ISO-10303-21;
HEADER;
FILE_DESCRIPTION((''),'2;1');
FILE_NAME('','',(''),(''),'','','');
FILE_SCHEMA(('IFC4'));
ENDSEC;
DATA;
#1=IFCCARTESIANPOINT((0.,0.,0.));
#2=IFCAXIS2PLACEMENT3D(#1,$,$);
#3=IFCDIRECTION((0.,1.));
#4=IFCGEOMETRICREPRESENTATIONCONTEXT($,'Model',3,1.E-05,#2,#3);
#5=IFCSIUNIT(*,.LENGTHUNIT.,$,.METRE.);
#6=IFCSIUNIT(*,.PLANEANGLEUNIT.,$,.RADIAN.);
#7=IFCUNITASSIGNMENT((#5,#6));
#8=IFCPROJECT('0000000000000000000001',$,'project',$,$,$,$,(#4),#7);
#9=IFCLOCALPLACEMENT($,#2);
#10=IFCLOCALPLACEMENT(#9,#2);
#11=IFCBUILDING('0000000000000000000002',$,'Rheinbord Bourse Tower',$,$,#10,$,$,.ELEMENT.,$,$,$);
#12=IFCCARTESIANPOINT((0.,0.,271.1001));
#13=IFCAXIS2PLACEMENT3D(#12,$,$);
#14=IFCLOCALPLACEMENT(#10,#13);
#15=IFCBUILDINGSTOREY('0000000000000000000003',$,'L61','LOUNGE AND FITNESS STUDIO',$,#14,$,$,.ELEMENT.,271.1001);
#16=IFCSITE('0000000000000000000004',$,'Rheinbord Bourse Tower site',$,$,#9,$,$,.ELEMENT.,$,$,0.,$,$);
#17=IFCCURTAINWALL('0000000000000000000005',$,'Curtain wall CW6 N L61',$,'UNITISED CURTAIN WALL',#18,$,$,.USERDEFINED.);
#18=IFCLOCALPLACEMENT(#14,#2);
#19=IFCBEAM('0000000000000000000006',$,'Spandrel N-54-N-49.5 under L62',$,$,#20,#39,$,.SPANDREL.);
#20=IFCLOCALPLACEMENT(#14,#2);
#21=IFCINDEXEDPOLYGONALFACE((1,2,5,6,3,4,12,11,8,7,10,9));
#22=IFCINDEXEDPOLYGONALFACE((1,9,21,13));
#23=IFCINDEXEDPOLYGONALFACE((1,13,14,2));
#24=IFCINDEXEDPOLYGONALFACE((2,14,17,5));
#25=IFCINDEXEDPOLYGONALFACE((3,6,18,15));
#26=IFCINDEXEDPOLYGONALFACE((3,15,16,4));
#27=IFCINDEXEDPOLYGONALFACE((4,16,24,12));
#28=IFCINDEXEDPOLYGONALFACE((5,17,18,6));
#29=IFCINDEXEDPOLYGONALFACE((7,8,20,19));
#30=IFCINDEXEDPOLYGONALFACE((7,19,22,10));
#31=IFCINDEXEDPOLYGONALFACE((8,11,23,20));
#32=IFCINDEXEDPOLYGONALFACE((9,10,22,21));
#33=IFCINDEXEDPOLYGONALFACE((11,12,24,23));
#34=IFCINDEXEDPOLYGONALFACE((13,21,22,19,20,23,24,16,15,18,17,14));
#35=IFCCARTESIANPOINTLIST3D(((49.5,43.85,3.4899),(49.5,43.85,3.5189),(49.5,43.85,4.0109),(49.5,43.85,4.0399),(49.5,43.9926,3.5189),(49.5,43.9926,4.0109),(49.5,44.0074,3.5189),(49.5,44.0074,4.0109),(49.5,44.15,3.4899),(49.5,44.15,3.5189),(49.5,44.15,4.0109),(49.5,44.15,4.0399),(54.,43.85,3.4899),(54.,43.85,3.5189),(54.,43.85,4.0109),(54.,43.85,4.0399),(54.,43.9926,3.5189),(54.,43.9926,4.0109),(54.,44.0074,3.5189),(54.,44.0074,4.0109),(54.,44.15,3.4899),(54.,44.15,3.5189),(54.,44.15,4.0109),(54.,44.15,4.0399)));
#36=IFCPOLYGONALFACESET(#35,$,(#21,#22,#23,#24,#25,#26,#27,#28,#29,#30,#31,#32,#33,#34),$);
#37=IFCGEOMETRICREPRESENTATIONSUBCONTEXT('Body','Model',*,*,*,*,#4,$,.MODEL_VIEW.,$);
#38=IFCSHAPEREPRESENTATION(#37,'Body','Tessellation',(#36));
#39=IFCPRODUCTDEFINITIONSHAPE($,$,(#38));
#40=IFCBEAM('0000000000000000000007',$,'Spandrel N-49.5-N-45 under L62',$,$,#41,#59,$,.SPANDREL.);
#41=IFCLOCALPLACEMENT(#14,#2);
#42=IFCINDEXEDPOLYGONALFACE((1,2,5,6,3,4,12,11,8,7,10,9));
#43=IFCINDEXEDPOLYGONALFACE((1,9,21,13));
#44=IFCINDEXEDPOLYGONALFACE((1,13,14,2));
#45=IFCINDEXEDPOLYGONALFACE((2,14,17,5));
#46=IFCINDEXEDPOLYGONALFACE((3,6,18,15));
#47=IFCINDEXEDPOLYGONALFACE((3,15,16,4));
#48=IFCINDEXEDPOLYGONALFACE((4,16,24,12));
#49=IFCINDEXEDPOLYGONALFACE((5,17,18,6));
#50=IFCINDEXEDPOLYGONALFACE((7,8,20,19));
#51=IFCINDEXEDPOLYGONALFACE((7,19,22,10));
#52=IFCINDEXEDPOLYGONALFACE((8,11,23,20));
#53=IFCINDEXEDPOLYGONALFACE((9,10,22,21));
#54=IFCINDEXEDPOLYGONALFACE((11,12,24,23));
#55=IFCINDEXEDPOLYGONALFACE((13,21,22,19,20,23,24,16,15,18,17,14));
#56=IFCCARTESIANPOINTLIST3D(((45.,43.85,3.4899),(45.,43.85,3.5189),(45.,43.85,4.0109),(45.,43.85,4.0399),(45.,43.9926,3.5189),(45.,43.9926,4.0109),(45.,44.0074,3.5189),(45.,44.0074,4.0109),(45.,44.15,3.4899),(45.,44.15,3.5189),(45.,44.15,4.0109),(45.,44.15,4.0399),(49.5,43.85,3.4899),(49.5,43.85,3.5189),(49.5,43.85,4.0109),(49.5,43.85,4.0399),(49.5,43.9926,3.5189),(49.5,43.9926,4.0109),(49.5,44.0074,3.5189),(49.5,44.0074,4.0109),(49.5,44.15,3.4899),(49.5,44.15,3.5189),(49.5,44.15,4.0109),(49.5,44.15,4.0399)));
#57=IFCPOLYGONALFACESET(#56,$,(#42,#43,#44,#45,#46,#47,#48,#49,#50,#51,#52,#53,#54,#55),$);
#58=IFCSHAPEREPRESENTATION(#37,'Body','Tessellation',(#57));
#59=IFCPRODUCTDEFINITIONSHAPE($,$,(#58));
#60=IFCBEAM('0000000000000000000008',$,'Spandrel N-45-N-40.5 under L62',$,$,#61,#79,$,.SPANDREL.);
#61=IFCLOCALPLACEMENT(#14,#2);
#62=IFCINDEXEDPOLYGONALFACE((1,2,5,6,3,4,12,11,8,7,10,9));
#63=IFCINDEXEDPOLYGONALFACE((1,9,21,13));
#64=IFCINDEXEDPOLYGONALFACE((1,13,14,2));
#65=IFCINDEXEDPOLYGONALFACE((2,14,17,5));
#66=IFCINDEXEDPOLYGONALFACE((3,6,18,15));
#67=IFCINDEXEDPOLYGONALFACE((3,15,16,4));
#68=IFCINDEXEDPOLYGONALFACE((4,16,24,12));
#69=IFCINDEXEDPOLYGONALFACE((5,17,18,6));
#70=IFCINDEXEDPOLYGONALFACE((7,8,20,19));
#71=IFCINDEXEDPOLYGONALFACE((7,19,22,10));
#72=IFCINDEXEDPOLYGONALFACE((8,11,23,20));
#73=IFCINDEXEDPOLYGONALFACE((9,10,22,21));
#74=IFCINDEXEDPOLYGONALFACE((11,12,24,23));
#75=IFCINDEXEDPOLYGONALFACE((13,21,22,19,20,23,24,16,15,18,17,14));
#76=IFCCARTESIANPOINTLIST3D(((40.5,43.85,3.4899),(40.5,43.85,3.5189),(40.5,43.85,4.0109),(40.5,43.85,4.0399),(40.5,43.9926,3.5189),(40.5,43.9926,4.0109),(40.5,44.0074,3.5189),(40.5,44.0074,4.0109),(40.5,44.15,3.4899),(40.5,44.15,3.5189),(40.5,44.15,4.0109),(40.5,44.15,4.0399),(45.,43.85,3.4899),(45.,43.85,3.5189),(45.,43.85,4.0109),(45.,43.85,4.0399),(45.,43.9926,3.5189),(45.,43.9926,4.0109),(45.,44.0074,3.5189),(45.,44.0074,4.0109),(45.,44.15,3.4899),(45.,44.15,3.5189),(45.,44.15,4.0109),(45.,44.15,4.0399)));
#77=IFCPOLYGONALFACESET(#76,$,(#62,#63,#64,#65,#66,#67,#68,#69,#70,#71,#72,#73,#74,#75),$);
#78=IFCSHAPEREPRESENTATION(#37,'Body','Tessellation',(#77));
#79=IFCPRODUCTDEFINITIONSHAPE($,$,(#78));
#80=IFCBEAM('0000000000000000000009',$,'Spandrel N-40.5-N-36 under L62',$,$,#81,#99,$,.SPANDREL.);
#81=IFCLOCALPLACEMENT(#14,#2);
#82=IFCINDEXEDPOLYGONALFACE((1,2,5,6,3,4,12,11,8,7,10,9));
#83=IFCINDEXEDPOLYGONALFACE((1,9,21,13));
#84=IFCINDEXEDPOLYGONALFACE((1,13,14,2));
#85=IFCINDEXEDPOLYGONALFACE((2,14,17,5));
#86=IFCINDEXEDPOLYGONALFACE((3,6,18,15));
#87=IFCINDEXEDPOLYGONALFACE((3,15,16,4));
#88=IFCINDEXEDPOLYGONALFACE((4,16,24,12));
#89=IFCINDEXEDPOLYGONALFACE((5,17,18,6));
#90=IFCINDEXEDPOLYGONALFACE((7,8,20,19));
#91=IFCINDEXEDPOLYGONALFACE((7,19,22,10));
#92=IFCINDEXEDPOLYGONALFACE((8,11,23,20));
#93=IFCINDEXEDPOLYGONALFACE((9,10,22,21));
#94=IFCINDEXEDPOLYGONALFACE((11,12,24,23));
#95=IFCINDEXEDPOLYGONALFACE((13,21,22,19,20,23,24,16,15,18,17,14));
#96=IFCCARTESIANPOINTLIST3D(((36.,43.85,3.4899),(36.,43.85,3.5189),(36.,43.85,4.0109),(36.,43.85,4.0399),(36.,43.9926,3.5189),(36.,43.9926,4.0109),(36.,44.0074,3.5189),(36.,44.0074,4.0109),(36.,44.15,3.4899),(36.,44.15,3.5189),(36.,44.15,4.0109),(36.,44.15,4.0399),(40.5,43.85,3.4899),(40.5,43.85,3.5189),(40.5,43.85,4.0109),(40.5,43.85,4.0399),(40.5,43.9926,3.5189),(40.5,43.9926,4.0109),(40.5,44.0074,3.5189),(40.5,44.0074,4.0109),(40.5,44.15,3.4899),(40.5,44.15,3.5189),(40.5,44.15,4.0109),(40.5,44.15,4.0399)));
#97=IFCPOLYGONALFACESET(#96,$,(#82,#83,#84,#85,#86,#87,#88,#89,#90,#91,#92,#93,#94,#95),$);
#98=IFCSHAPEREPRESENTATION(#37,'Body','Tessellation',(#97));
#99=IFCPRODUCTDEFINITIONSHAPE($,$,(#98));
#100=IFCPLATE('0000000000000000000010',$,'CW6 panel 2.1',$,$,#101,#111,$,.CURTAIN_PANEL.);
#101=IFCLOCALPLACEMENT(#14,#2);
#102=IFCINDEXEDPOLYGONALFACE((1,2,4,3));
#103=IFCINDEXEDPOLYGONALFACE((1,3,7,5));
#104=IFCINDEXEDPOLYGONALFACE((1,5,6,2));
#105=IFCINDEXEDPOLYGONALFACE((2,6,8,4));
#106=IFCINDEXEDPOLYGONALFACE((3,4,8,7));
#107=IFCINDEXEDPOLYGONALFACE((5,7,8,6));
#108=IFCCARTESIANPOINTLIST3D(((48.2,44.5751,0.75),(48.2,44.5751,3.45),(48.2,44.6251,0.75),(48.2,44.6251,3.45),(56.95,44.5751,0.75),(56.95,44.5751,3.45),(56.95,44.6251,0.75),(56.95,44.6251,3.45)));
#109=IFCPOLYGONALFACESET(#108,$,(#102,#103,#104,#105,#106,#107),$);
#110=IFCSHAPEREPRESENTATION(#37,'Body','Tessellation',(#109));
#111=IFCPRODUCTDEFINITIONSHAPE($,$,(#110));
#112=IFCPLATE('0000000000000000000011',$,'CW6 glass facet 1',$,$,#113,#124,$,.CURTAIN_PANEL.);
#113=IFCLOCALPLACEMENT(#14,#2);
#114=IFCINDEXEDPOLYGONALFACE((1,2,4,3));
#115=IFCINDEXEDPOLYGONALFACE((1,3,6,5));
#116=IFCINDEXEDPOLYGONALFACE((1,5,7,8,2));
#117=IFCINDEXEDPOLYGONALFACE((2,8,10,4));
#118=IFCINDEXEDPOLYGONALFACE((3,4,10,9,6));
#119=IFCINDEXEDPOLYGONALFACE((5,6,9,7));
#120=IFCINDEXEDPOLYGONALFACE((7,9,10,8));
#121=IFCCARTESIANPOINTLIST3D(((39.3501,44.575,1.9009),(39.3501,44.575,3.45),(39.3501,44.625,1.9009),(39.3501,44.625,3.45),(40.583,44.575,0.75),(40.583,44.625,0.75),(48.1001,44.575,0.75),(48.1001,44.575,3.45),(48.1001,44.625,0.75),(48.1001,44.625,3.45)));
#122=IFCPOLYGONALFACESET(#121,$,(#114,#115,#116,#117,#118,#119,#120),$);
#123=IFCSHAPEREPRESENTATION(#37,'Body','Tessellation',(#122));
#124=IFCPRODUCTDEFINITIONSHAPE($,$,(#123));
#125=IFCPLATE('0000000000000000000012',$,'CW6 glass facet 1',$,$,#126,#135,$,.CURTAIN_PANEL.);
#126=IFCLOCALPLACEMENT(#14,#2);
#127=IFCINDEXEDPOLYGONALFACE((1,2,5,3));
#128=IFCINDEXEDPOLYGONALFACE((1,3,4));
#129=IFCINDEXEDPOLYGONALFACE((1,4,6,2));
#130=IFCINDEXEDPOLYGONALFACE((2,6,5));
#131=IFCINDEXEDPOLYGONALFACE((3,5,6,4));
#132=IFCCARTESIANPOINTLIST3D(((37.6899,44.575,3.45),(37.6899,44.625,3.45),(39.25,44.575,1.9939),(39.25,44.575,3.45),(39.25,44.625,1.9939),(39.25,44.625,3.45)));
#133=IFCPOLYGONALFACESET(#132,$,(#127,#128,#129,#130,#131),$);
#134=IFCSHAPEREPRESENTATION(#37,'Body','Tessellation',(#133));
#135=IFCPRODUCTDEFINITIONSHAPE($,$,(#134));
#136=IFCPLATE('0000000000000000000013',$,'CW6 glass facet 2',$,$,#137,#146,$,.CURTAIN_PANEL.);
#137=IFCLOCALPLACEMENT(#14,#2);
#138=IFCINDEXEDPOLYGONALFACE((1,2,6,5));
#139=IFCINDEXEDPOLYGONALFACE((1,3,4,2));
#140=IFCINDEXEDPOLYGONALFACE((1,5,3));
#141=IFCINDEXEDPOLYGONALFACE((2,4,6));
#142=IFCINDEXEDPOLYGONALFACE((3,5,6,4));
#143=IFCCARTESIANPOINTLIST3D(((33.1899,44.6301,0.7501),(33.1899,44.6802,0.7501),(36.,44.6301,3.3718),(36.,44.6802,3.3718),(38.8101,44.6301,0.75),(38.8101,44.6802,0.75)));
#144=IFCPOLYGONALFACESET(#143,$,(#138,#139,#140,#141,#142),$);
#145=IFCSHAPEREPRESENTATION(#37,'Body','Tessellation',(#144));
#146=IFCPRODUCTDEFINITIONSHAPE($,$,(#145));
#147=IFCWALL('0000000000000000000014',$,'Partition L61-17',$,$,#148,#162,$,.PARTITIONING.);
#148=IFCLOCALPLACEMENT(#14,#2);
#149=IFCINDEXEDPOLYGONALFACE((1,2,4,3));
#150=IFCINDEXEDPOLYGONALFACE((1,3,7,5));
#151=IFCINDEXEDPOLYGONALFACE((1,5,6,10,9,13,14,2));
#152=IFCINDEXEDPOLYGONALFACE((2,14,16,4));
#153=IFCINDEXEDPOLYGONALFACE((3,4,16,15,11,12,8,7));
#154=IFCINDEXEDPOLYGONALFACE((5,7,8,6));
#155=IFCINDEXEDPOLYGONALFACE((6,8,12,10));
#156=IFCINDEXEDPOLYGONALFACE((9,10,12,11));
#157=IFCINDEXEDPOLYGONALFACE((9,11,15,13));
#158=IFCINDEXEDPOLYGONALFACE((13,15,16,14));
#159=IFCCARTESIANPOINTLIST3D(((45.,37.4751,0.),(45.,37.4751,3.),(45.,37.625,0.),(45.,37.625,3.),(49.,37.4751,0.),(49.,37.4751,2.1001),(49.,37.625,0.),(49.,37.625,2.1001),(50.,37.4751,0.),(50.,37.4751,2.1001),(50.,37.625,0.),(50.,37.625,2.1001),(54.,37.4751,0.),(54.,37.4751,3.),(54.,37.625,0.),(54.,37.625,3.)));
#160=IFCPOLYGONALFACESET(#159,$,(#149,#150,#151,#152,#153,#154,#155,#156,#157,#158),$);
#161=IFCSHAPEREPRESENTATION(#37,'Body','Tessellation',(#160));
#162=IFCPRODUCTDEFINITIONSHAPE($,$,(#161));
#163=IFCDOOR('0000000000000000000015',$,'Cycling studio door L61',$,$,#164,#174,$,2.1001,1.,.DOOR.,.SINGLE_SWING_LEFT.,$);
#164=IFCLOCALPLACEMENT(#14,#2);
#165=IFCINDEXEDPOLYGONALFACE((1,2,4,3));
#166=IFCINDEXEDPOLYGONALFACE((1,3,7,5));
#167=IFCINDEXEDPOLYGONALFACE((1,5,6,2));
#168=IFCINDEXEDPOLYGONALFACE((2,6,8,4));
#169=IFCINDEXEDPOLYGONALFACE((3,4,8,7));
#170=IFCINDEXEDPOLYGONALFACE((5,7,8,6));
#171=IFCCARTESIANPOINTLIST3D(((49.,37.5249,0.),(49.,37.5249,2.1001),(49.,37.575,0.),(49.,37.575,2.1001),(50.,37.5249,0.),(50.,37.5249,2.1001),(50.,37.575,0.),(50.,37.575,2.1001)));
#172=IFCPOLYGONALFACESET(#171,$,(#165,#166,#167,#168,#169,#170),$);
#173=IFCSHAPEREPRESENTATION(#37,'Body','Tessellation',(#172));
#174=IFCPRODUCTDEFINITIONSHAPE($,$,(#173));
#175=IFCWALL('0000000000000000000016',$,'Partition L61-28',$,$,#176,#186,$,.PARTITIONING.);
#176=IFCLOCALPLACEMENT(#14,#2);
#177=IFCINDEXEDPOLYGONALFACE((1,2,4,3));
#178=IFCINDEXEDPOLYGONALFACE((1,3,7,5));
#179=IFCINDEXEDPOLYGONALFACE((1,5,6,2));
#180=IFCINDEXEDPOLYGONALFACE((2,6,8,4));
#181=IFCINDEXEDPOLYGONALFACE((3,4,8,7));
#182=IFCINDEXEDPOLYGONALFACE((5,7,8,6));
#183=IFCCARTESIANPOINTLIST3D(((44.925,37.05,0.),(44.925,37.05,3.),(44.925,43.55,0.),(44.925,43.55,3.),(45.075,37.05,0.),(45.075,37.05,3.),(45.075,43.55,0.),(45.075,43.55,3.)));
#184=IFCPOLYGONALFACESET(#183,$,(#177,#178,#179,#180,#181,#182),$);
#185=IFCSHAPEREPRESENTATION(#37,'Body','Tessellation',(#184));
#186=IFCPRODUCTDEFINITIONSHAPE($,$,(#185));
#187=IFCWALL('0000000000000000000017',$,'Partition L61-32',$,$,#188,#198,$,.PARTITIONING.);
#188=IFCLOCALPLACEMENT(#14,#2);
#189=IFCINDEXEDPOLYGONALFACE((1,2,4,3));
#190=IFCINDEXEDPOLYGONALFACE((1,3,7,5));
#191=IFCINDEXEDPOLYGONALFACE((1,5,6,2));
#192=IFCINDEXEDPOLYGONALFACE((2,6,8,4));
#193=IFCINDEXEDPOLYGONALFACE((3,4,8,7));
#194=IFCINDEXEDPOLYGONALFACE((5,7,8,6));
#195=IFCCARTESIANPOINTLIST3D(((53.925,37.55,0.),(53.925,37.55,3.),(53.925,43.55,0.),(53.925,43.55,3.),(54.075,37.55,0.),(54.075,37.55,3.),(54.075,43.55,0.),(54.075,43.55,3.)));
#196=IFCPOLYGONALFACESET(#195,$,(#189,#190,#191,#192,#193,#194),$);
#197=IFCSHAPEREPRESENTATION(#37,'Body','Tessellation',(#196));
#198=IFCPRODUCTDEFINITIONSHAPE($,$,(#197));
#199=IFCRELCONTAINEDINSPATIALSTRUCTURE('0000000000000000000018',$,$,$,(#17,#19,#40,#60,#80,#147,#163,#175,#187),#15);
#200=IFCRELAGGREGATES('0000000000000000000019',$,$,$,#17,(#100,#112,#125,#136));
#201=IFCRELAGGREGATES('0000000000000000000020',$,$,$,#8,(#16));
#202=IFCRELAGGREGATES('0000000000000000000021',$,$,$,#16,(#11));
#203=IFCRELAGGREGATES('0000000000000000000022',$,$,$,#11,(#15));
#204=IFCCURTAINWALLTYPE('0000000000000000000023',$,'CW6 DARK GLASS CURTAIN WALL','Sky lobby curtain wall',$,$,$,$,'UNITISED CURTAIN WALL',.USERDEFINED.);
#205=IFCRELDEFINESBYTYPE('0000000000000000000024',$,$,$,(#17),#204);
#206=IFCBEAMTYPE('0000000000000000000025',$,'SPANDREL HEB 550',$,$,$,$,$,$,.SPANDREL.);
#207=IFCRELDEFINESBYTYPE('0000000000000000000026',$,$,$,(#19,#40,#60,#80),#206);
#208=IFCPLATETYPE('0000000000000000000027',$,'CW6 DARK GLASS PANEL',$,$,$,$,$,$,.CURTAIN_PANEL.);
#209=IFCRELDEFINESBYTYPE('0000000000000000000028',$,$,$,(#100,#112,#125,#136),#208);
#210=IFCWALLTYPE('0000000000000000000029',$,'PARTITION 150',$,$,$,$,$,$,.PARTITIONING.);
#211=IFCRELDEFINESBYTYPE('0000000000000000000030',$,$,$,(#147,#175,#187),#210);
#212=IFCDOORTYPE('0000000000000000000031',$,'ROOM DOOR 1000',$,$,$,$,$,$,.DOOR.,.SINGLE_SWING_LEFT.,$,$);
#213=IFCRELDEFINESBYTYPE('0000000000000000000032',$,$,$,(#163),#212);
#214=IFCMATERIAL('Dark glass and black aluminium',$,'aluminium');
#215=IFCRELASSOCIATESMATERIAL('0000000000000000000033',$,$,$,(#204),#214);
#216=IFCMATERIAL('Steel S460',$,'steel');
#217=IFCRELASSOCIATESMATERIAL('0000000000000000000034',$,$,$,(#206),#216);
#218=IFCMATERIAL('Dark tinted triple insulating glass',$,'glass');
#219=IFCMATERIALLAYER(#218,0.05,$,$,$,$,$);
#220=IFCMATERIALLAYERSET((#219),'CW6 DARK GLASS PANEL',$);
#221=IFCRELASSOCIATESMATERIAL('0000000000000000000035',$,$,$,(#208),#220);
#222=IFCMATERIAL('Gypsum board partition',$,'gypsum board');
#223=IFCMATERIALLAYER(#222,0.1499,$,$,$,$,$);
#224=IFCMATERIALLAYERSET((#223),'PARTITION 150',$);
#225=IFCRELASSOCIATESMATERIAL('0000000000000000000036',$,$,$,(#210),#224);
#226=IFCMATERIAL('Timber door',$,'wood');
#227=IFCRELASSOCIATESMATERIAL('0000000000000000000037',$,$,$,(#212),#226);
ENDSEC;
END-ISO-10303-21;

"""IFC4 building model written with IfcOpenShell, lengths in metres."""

from ifc_helpers import new_model, si_unit, direction, frame, frame_2d, origin, origin_2d, place, context, subcontext, project, spatial, polyline, rectangle, i_section, outline, extrude, material, layer, layer_set, material_profile, profile_set, type_object, element, fill, aggregate, save


model = new_model("IFC4")

# Units and contexts
model_context = context("Model", 3, precision=1e-05, world=origin(), true_north=direction((0.0, 1.0)))
body_context = subcontext(model_context, "Body", "Model", "MODEL_VIEW")
ifc_project = project(units=[si_unit("LENGTHUNIT", "METRE"), si_unit("PLANEANGLEUNIT", "RADIAN")], contexts=[model_context])

# Site, building, storey
site_placement = place(None, origin())
site = spatial("IfcSite", under=ifc_project, at=site_placement, Name="Rheinbord Bourse Tower site", CompositionType="ELEMENT", RefElevation=0.0)
building_placement = place(site_placement, origin())
building = spatial("IfcBuilding", under=site, at=building_placement, Name="Rheinbord Bourse Tower", CompositionType="ELEMENT")
storey_placement = place(building_placement, frame((0.0, 0.0, 271.1001)))
storey = spatial("IfcBuildingStorey", under=building, at=storey_placement, Name="L61", Description="LOUNGE AND FITNESS STUDIO", CompositionType="ELEMENT", Elevation=271.1001)

# Curtain wall
ifc_material_1 = material(Name="Dark glass and black aluminium", Category="aluminium")
curtain_wall_type = type_object("IfcCurtainWallType", Name="CW6 DARK GLASS CURTAIN WALL", Description="Sky lobby curtain wall", ElementType="UNITISED CURTAIN WALL", PredefinedType="USERDEFINED", material=ifc_material_1)
curtain_wall_placement = place(storey_placement, origin())
curtain_wall = element("IfcCurtainWall", 1, at=curtain_wall_placement, inside=storey, type_object=curtain_wall_type, Name="Curtain wall CW6 N L61", ObjectType="UNITISED CURTAIN WALL", PredefinedType="USERDEFINED")

# Beams
ifc_material_2 = material(Name="Steel S460", Category="steel")
ifc_material_profile_1 = material_profile(ifc_material_2, i_section(OverallWidth=0.3, OverallDepth=0.55, WebThickness=0.0149, FlangeThickness=0.0291, at=origin_2d()), Name="HEB 550")
ifc_profile_set_1 = profile_set([ifc_material_profile_1], Name="Steel S460")
beam_type_1 = type_object("IfcBeamType", Name="SPANDREL HEB 550", PredefinedType="SPANDREL", material=ifc_profile_set_1)
for number, where, z_axis, x_axis, name in (
    (2, (54.0, 44.0, 3.7649), (-1.0, 0.0, 0.0), (0.0, -1.0, 0.0), "Spandrel N-54-N-49.5 under L62"),
    (3, (49.5, 44.0, 3.7649), (-1.0, 0.0, 0.0), (0.0, -1.0, 0.0), "Spandrel N-49.5-N-45 under L62"),
    (4, (45.0, 44.0, 3.7649), (-1.0, 0.0, 0.0), (0.0, -1.0, 0.0), "Spandrel N-45-N-40.5 under L62"),
    (5, (40.5, 44.0, 3.7649), (-1.0, 0.0, 0.0), (0.0, -1.0, 0.0), "Spandrel N-40.5-N-36 under L62"),
):
    element("IfcBeam", number, at=place(storey_placement, frame(where, z_axis=z_axis, x_axis=x_axis)), inside=storey, type_object=beam_type_1, Name=name, PredefinedType="SPANDREL", context=body_context, shape_type="SweptSolid", body=[
        extrude(i_section(OverallWidth=0.3, OverallDepth=0.55, WebThickness=0.0149, FlangeThickness=0.0291, at=origin_2d()), origin(), (0.0, 0.0, 1.0), 4.5),
    ])

# Plates
ifc_material_3 = material(Name="Dark tinted triple insulating glass", Category="glass")
ifc_layer_1 = layer(ifc_material_3, 0.05)
ifc_layer_set_1 = layer_set([ifc_layer_1], Name="CW6 DARK GLASS PANEL")
plate_type = type_object("IfcPlateType", Name="CW6 DARK GLASS PANEL", PredefinedType="CURTAIN_PANEL", material=ifc_layer_set_1)
plate_1_placement = place(storey_placement, frame((52.575, 44.6001, 0.75), z_axis=(0.0, 0.0, 1.0), x_axis=(-1.0, 0.0, 0.0)))
plate_1 = element("IfcPlate", 6, at=plate_1_placement, type_object=plate_type, Name="CW6 panel 2.1", PredefinedType="CURTAIN_PANEL", context=body_context, shape_type="SweptSolid", body=[
    extrude(rectangle(XDim=8.75, YDim=0.05, at=origin_2d()), origin(), (0.0, 0.0, 1.0), 2.7),
])
plate_2_placement = place(storey_placement, frame((48.1001, 44.625, 0.75), z_axis=(0.0, -1.0, 0.0), x_axis=(0.0, 0.0, 1.0)))
plate_2 = element("IfcPlate", 7, at=plate_2_placement, type_object=plate_type, Name="CW6 glass facet 1", PredefinedType="CURTAIN_PANEL", context=body_context, shape_type="SweptSolid", body=[
    extrude(outline(polyline([(0.0, 0.0), (2.7, 0.0), (2.7, 8.75), (1.1509, 8.75), (0.0, 7.5171), (0.0, 0.0)])), origin(), (0.0, 0.0, 1.0), 0.05),
])
plate_3_placement = place(storey_placement, frame((39.25, 44.625, 3.45), z_axis=(0.0, -1.0, 0.0), x_axis=(-1.0, 0.0, 0.0)))
plate_3 = element("IfcPlate", 8, at=plate_3_placement, type_object=plate_type, Name="CW6 glass facet 1", PredefinedType="CURTAIN_PANEL", context=body_context, shape_type="SweptSolid", body=[
    extrude(outline(polyline([(0.0, 0.0), (1.5601, 0.0), (0.0, 1.4561), (0.0, 0.0)])), origin(), (0.0, 0.0, 1.0), 0.05),
])
plate_4_placement = place(storey_placement, frame((38.8101, 44.6802, 0.75), z_axis=(0.0, -1.0, 0.0), x_axis=(-0.731171, 0.0, 0.682194)))
plate_4 = element("IfcPlate", 9, at=plate_4_placement, type_object=plate_type, Name="CW6 glass facet 2", PredefinedType="CURTAIN_PANEL", context=body_context, shape_type="SweptSolid", body=[
    extrude(outline(polyline([(0.0, 0.0), (3.8433, 0.0), (4.1094, 3.834), (0.0, 0.0)])), origin(), (0.0, 0.0, 1.0), 0.05),
])
aggregate(curtain_wall, [plate_1, plate_2, plate_3, plate_4])

# Wall, opening, door
ifc_material_4 = material(Name="Gypsum board partition", Category="gypsum board")
ifc_layer_2 = layer(ifc_material_4, 0.1499)
ifc_layer_set_2 = layer_set([ifc_layer_2], Name="PARTITION 150")
wall_type = type_object("IfcWallType", Name="PARTITION 150", PredefinedType="PARTITIONING", material=ifc_layer_set_2)
wall_1_placement = place(storey_placement, frame((45.0, 37.55, 0.0), z_axis=(0.0, 0.0, 1.0), x_axis=(1.0, 0.0, 0.0)))
wall_1 = element("IfcWall", 10, at=wall_1_placement, inside=storey, type_object=wall_type, Name="Partition L61-17", PredefinedType="PARTITIONING", context=body_context, shape_type="SweptSolid", body=[
    extrude(rectangle(XDim=9.0, YDim=0.1499, at=frame_2d((4.5, 0.0))), origin(), (0.0, 0.0, 1.0), 3.0),
])
opening_placement = place(wall_1_placement, frame((4.0, 0.0, 0.0)))
opening = element("IfcOpeningElement", 11, at=opening_placement, cuts=wall_1, PredefinedType="OPENING", context=body_context, shape_type="SweptSolid", body=[
    extrude(rectangle(XDim=1.0, YDim=2.1001, at=frame_2d((0.5, 1.05))), frame((0.0, 0.085, 0.0), z_axis=(0.0, -1.0, 0.0), x_axis=(1.0, 0.0, 0.0)), (0.0, 0.0, 1.0), 0.1699),
])
ifc_material_5 = material(Name="Timber door", Category="wood")
door_type = type_object("IfcDoorType", Name="ROOM DOOR 1000", OperationType="SINGLE_SWING_LEFT", PredefinedType="DOOR", material=ifc_material_5)
door_placement = place(opening_placement, origin())
door = element("IfcDoor", 12, at=door_placement, inside=storey, type_object=door_type, Name="Cycling studio door L61", OperationType="SINGLE_SWING_LEFT", OverallHeight=2.1001, OverallWidth=1.0, PredefinedType="DOOR", context=body_context, shape_type="SweptSolid", body=[
    extrude(rectangle(XDim=1.0, YDim=2.1001, at=frame_2d((0.5, 1.05))), frame((0.0, 0.0249, 0.0), z_axis=(0.0, -1.0, 0.0), x_axis=(1.0, 0.0, 0.0)), (0.0, 0.0, 1.0), 0.05),
])
fill(opening, door)

# Walls
wall_2_placement = place(storey_placement, frame((45.0, 37.05, 0.0), z_axis=(0.0, 0.0, 1.0), x_axis=(0.0, 1.0, 0.0)))
element("IfcWall", 13, at=wall_2_placement, inside=storey, type_object=wall_type, Name="Partition L61-28", PredefinedType="PARTITIONING", context=body_context, shape_type="SweptSolid", body=[
    extrude(rectangle(XDim=6.5, YDim=0.1499, at=frame_2d((3.25, 0.0))), origin(), (0.0, 0.0, 1.0), 3.0),
])
wall_3_placement = place(storey_placement, frame((54.0, 37.55, 0.0), z_axis=(0.0, 0.0, 1.0), x_axis=(0.0, 1.0, 0.0)))
element("IfcWall", 14, at=wall_3_placement, inside=storey, type_object=wall_type, Name="Partition L61-32", PredefinedType="PARTITIONING", context=body_context, shape_type="SweptSolid", body=[
    extrude(rectangle(XDim=6.0, YDim=0.1499, at=frame_2d((3.0, 0.0))), origin(), (0.0, 0.0, 1.0), 3.0),
])

save(model, "model.ifc")
